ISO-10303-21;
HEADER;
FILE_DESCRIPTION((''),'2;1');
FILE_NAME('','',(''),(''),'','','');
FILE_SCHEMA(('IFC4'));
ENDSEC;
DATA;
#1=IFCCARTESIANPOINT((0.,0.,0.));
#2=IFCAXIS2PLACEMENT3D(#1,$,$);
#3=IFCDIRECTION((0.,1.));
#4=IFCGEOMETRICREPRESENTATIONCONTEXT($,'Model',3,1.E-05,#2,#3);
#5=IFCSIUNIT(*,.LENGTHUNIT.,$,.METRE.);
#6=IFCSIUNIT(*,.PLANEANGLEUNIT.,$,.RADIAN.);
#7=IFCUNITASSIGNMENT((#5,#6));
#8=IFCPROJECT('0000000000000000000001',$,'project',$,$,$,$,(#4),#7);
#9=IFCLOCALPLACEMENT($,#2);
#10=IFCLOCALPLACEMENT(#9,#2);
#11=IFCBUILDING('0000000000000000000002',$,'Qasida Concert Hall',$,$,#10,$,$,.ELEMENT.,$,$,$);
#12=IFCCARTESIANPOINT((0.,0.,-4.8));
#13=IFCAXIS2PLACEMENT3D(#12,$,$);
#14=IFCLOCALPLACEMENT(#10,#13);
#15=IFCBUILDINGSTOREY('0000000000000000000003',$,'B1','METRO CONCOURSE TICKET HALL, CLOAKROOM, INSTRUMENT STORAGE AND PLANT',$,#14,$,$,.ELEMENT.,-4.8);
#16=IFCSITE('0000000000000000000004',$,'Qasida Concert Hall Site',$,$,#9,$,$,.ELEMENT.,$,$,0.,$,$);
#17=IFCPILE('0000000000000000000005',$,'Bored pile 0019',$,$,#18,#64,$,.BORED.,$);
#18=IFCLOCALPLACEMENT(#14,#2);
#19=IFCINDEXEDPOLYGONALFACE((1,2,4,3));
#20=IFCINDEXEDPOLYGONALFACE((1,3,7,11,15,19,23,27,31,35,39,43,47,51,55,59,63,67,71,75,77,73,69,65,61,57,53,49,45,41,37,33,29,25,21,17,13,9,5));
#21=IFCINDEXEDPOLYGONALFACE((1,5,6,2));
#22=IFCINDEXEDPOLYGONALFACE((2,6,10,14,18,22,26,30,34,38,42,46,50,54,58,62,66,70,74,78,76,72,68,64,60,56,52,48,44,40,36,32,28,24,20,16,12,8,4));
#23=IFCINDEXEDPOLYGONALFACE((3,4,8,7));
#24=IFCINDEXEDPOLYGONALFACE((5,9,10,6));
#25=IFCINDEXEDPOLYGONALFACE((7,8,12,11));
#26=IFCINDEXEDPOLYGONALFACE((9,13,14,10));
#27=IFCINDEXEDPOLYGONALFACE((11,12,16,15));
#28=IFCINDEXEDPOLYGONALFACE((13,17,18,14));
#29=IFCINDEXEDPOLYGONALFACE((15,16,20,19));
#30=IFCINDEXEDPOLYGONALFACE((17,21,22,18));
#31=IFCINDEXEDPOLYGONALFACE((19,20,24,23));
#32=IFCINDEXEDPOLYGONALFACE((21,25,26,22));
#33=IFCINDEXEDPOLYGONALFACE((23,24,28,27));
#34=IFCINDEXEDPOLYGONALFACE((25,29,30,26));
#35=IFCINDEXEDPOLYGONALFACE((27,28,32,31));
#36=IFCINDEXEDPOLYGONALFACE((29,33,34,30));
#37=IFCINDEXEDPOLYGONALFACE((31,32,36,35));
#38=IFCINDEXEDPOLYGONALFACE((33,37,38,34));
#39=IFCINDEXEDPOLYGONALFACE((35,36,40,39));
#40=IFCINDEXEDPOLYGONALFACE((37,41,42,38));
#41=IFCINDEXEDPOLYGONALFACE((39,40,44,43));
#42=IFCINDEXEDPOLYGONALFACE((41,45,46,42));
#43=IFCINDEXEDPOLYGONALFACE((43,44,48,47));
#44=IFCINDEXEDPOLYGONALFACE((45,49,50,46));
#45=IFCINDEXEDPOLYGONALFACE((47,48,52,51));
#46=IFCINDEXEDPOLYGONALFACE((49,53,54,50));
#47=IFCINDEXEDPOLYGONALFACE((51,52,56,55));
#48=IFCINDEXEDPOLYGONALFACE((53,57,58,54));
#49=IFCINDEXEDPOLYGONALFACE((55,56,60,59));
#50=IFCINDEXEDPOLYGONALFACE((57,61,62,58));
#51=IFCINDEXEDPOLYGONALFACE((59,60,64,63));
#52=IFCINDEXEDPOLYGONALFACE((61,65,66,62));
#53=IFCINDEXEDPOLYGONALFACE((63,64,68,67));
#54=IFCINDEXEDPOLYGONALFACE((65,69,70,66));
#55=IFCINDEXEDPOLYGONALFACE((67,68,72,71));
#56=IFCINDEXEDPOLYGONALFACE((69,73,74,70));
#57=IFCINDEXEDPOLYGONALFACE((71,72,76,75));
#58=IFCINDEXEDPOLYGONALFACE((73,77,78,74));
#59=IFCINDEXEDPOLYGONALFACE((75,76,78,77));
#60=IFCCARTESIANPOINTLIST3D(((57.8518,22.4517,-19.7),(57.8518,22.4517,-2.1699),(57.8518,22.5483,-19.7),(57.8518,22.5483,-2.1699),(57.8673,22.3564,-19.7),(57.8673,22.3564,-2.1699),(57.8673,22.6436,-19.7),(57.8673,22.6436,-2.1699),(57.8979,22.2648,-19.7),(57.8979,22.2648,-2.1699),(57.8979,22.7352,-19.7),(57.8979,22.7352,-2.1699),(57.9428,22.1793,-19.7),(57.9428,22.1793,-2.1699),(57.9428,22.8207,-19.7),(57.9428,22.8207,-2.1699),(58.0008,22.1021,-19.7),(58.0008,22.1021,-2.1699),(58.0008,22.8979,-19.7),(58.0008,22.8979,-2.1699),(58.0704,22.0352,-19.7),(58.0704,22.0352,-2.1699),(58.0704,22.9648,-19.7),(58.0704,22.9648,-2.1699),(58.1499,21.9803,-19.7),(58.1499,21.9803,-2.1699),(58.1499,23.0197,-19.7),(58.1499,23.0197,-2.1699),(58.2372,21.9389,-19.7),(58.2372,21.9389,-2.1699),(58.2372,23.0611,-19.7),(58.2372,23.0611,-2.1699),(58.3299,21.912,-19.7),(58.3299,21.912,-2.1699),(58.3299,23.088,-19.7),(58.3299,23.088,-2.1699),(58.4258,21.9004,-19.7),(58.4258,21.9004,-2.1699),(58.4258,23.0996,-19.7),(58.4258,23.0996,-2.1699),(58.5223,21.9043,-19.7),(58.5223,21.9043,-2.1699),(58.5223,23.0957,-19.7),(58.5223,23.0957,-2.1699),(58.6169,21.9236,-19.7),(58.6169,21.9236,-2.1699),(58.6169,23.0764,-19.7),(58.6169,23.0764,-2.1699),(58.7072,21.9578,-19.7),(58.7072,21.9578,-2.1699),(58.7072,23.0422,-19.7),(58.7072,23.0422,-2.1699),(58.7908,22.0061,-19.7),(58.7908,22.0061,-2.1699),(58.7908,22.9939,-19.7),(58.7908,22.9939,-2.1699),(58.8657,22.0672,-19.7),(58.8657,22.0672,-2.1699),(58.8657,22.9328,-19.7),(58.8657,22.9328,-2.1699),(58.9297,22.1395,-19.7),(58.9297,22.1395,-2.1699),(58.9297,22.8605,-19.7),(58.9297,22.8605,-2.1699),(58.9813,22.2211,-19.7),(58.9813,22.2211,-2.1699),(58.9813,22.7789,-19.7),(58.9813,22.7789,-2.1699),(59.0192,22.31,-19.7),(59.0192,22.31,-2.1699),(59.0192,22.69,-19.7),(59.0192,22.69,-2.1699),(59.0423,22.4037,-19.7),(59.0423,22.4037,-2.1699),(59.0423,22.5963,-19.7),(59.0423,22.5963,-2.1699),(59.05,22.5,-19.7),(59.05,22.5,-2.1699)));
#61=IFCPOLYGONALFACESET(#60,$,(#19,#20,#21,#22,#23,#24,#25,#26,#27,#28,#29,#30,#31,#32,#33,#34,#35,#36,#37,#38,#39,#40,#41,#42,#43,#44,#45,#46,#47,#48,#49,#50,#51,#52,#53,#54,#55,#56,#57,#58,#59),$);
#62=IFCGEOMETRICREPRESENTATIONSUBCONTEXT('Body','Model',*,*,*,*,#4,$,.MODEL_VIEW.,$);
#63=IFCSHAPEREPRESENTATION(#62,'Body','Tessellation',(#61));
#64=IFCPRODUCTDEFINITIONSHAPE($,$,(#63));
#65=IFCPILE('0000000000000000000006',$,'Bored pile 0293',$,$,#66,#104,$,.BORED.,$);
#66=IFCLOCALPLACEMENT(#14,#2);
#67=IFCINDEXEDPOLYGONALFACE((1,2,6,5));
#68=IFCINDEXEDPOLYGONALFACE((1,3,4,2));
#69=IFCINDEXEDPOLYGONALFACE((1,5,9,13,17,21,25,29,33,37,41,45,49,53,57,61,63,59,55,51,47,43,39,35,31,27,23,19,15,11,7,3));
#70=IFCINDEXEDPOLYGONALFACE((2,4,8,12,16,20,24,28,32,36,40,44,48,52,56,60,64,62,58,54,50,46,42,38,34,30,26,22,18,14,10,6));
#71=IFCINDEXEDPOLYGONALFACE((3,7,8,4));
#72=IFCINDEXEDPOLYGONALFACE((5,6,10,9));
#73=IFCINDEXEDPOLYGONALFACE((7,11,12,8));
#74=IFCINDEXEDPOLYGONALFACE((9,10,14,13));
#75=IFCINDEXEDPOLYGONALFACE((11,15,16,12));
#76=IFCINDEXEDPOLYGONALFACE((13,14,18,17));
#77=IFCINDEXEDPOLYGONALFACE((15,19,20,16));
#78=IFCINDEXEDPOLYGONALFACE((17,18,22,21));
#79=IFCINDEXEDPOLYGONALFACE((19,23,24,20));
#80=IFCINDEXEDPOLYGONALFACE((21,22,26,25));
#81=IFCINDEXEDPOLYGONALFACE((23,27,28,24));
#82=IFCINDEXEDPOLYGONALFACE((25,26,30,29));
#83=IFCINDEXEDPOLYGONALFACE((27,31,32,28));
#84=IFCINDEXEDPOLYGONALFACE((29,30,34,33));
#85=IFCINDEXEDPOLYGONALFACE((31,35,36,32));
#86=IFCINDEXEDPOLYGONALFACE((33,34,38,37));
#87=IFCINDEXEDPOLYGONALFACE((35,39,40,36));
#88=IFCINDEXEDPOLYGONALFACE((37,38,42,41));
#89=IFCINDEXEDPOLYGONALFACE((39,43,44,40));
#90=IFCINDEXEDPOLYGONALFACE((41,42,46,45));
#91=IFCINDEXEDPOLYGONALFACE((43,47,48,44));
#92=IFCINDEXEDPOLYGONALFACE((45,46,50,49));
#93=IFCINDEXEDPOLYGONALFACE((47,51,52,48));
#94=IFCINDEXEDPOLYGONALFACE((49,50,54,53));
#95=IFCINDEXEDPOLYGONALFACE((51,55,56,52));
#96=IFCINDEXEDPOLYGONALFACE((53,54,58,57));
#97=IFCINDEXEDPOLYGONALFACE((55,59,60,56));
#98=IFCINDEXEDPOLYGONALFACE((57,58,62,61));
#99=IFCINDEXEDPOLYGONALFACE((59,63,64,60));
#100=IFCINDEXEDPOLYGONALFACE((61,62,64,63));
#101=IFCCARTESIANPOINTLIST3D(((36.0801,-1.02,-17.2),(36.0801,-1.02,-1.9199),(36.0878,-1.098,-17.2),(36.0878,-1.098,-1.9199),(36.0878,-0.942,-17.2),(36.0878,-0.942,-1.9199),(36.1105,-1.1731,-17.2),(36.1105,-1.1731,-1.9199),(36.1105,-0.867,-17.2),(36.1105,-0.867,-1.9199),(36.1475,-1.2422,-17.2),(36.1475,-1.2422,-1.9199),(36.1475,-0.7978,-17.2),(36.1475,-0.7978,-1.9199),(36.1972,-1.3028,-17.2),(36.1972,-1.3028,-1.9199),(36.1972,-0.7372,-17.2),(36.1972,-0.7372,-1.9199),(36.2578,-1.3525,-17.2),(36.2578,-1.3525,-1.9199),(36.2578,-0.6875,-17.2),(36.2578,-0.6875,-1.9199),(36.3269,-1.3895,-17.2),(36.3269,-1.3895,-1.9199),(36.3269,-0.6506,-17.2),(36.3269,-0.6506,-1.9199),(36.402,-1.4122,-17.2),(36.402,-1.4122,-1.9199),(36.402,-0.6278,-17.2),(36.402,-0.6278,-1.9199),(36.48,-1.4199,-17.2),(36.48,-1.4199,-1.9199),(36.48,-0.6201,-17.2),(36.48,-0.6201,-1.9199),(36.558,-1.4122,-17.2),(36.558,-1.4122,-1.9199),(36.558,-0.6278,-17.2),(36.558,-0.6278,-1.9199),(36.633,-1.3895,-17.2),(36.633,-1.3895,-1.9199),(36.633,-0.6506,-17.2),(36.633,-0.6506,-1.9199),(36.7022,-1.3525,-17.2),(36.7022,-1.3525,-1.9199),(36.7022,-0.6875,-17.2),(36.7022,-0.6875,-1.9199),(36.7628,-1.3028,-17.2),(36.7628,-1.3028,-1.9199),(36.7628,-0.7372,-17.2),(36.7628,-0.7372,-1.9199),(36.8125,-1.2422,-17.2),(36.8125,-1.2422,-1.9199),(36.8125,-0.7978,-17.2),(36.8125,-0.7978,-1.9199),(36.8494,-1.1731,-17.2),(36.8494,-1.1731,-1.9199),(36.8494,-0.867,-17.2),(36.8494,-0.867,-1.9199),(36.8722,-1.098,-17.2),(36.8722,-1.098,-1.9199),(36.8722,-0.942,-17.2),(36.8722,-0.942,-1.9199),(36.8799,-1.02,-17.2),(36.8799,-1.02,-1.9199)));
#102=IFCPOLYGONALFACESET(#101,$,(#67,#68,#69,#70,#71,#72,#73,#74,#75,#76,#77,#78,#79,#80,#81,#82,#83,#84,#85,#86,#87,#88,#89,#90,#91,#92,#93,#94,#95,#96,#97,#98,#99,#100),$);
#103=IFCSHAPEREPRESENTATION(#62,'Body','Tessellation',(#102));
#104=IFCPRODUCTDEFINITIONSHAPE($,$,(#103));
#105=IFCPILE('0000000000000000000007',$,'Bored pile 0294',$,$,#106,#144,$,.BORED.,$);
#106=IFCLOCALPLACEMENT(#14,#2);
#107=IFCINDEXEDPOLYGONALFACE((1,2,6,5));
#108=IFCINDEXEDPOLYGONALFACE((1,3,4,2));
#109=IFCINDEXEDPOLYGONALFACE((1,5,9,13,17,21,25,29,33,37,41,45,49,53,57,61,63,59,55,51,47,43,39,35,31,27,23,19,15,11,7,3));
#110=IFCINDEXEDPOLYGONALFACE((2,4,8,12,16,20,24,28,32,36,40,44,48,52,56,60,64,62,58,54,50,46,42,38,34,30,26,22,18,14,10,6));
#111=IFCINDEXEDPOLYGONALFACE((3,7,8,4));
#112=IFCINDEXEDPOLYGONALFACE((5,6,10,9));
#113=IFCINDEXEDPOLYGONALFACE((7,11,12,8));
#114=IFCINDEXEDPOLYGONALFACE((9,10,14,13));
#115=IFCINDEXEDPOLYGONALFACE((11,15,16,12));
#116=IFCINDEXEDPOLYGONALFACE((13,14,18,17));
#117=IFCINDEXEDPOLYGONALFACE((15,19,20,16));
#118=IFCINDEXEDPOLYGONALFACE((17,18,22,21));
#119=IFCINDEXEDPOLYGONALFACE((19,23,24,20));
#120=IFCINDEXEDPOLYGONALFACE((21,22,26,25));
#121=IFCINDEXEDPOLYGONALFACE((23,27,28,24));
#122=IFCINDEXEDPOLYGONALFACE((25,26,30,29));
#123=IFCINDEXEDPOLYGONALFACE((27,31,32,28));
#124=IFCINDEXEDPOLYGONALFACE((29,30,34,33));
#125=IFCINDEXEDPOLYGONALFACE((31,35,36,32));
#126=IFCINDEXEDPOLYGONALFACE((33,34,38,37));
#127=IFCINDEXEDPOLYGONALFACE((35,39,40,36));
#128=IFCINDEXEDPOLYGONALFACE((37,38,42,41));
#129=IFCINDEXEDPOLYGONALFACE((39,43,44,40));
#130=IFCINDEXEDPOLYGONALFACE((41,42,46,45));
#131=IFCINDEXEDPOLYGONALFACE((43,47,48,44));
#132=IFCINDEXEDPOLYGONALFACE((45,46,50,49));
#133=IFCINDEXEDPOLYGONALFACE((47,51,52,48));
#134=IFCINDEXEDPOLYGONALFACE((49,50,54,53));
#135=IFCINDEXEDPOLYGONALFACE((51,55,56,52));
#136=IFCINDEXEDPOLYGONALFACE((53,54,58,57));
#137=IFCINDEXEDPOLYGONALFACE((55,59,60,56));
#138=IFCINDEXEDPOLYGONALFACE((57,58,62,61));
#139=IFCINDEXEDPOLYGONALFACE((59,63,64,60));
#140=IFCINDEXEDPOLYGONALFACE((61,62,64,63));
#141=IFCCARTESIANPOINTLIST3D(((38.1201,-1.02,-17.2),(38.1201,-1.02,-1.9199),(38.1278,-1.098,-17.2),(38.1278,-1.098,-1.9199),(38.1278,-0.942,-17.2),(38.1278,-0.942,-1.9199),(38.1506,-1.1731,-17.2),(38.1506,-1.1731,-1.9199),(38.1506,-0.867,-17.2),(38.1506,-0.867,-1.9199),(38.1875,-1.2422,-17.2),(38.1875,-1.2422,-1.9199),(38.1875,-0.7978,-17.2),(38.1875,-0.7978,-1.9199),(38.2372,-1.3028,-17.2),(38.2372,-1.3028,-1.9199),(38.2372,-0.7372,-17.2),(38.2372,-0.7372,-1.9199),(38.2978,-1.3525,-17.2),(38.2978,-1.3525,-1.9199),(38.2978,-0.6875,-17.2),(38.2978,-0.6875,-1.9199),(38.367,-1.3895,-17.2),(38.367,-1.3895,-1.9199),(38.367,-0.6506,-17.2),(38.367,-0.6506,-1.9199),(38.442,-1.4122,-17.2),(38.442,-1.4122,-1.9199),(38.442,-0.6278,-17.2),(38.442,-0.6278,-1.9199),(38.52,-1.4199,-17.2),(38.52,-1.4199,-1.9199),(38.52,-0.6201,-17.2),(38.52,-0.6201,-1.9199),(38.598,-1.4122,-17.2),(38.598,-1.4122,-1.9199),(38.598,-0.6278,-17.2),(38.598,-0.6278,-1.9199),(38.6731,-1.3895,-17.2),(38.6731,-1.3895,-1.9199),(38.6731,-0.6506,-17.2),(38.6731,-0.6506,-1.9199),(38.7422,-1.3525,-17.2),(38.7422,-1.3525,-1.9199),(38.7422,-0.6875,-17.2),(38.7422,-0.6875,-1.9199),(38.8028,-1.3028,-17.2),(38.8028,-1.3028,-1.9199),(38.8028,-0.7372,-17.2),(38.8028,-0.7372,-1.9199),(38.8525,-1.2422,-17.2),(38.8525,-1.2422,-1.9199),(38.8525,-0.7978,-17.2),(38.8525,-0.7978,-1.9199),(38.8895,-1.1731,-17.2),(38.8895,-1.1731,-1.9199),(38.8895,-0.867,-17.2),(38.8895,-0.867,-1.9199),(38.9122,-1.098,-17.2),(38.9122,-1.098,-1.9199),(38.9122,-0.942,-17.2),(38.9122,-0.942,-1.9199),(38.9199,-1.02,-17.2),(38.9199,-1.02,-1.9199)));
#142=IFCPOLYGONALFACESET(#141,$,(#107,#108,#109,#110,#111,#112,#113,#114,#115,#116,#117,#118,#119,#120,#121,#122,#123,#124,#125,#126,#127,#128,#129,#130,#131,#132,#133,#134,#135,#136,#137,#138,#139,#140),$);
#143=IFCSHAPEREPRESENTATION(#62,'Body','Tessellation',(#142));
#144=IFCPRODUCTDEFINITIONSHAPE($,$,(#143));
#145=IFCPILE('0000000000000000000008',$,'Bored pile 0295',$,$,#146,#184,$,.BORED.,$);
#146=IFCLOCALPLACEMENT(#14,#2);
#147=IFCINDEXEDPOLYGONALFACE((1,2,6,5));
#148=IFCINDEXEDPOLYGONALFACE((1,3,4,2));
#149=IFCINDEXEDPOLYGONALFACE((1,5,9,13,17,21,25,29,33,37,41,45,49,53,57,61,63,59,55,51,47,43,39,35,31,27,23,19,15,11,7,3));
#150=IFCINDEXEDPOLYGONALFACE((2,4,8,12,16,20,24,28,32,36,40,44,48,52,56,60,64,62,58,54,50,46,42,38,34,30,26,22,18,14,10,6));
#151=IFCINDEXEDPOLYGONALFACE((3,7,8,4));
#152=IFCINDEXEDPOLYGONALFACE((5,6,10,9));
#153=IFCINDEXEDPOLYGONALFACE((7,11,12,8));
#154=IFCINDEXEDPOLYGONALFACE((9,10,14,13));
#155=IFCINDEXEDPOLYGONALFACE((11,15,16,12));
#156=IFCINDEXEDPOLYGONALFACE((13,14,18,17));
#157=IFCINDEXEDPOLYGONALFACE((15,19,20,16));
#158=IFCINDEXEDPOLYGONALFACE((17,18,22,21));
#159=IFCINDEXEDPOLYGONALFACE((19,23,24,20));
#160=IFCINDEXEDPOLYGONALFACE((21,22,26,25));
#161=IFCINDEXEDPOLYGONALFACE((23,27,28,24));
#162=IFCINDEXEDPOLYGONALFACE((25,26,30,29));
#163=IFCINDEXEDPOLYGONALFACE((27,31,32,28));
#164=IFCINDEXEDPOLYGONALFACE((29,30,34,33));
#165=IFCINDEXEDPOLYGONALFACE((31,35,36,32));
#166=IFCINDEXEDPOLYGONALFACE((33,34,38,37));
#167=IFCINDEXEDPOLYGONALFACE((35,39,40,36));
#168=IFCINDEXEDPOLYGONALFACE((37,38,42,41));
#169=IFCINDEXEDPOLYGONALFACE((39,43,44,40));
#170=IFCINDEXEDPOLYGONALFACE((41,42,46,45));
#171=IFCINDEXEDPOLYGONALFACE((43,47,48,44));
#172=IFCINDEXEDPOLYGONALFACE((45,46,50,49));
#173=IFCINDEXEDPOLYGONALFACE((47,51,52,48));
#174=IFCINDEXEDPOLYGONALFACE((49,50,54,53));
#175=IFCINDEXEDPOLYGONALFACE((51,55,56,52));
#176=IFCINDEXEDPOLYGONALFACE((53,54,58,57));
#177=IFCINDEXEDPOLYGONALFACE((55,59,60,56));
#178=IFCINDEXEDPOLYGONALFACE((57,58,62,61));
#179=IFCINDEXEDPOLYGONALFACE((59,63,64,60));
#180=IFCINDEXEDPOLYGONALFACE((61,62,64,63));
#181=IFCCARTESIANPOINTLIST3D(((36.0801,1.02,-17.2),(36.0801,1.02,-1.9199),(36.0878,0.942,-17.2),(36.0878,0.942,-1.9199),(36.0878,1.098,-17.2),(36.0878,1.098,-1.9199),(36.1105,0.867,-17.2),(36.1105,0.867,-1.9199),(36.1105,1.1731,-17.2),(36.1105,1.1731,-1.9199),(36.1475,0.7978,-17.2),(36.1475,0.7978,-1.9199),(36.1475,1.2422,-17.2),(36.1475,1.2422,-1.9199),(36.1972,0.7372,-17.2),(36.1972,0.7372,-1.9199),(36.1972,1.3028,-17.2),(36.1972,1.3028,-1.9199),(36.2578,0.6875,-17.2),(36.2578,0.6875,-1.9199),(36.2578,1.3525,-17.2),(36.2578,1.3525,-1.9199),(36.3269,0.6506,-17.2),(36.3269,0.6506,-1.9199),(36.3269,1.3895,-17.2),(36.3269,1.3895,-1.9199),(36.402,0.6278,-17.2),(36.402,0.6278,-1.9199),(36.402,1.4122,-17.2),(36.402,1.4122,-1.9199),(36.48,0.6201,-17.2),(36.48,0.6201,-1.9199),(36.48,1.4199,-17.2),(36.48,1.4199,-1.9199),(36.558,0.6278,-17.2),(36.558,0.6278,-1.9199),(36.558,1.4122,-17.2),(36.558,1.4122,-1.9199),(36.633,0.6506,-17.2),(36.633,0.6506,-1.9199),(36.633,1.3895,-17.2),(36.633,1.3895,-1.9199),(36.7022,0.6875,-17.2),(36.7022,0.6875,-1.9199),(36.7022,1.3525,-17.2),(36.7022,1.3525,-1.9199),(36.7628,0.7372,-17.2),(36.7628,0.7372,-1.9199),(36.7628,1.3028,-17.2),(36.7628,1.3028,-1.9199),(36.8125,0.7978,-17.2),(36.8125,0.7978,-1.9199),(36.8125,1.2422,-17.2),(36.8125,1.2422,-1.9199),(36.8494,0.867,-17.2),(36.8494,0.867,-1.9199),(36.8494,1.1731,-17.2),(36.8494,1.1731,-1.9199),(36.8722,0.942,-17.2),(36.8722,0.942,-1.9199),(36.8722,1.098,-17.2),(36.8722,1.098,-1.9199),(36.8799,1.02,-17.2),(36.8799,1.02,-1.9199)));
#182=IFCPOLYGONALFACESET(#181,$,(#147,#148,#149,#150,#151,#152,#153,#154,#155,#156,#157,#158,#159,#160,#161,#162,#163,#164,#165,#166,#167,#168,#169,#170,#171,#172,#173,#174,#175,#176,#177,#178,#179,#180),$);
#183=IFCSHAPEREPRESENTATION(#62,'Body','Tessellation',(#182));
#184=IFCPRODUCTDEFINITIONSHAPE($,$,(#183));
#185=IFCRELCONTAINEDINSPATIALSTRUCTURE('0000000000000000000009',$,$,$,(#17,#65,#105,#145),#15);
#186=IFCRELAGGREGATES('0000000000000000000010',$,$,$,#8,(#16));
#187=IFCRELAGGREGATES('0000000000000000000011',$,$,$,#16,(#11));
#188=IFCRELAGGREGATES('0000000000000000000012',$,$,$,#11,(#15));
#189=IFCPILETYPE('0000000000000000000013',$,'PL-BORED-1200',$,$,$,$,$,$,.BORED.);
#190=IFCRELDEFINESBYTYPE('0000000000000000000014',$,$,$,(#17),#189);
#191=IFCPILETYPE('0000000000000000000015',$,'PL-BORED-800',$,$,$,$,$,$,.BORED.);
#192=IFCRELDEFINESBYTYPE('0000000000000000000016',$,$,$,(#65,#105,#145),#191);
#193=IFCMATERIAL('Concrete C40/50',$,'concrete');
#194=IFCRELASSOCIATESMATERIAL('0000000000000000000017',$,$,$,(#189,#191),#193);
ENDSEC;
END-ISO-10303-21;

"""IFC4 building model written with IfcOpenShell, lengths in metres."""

from ifc_helpers import new_model, si_unit, direction, frame, origin, origin_2d, place, context, subcontext, project, spatial, circle, extrude, material, material_profile, profile_set, type_object, element, save


model = new_model("IFC4")

# Units and contexts
model_context = context("Model", 3, precision=1e-05, world=origin(), true_north=direction((0.0, 1.0)))
body_context = subcontext(model_context, "Body", "Model", "MODEL_VIEW")
ifc_project = project(units=[si_unit("LENGTHUNIT", "METRE"), si_unit("PLANEANGLEUNIT", "RADIAN")], contexts=[model_context])

# Site, building, storey
site_placement = place(None, origin())
site = spatial("IfcSite", under=ifc_project, at=site_placement, Name="Qasida Concert Hall Site", CompositionType="ELEMENT", RefElevation=0.0)
building_placement = place(site_placement, origin())
building = spatial("IfcBuilding", under=site, at=building_placement, Name="Qasida Concert Hall", CompositionType="ELEMENT")
storey_placement = place(building_placement, frame((0.0, 0.0, -4.8)))
storey = spatial("IfcBuildingStorey", under=building, at=storey_placement, Name="B1", Description="METRO CONCOURSE TICKET HALL, CLOAKROOM, INSTRUMENT STORAGE AND PLANT", CompositionType="ELEMENT", Elevation=-4.8)

# Shared definitions
ifc_material_1 = material(Name="Concrete C40/50", Category="concrete")

# Piles
ifc_material_profile_1 = material_profile(ifc_material_1, circle(Radius=0.6001, at=origin_2d()), Name="BORED PILE D1200")
ifc_profile_set_1 = profile_set([ifc_material_profile_1], Name="Concrete C40/50")
pile_type_1 = type_object("IfcPileType", Name="PL-BORED-1200", PredefinedType="BORED", material=ifc_profile_set_1)
for number, where, z_axis, x_axis, name in (
    (1, (58.45, 22.5, -2.1699), (0.0, 0.0, -1.0), (1.0, 0.0, 0.0), "Bored pile 0019"),
):
    element("IfcPile", number, at=place(storey_placement, frame(where, z_axis=z_axis, x_axis=x_axis)), inside=storey, type_object=pile_type_1, Name=name, PredefinedType="BORED", context=body_context, shape_type="SweptSolid", body=[
        extrude(circle(Radius=0.6001, at=origin_2d()), origin(), (0.0, 0.0, 1.0), 17.53),
    ])
ifc_material_profile_2 = material_profile(ifc_material_1, circle(Radius=0.3999, at=origin_2d()), Name="BORED PILE D800")
ifc_profile_set_2 = profile_set([ifc_material_profile_2], Name="Concrete C40/50")
pile_type_2 = type_object("IfcPileType", Name="PL-BORED-800", PredefinedType="BORED", material=ifc_profile_set_2)
for number, where, z_axis, x_axis, name in (
    (2, (36.48, -1.02, -1.9199), (0.0, 0.0, -1.0), (1.0, 0.0, 0.0), "Bored pile 0293"),
    (3, (38.52, -1.02, -1.9199), (0.0, 0.0, -1.0), (1.0, 0.0, 0.0), "Bored pile 0294"),
    (4, (36.48, 1.02, -1.9199), (0.0, 0.0, -1.0), (1.0, 0.0, 0.0), "Bored pile 0295"),
):
    element("IfcPile", number, at=place(storey_placement, frame(where, z_axis=z_axis, x_axis=x_axis)), inside=storey, type_object=pile_type_2, Name=name, PredefinedType="BORED", context=body_context, shape_type="SweptSolid", body=[
        extrude(circle(Radius=0.3999, at=origin_2d()), origin(), (0.0, 0.0, 1.0), 15.28),
    ])

save(model, "model.ifc")
